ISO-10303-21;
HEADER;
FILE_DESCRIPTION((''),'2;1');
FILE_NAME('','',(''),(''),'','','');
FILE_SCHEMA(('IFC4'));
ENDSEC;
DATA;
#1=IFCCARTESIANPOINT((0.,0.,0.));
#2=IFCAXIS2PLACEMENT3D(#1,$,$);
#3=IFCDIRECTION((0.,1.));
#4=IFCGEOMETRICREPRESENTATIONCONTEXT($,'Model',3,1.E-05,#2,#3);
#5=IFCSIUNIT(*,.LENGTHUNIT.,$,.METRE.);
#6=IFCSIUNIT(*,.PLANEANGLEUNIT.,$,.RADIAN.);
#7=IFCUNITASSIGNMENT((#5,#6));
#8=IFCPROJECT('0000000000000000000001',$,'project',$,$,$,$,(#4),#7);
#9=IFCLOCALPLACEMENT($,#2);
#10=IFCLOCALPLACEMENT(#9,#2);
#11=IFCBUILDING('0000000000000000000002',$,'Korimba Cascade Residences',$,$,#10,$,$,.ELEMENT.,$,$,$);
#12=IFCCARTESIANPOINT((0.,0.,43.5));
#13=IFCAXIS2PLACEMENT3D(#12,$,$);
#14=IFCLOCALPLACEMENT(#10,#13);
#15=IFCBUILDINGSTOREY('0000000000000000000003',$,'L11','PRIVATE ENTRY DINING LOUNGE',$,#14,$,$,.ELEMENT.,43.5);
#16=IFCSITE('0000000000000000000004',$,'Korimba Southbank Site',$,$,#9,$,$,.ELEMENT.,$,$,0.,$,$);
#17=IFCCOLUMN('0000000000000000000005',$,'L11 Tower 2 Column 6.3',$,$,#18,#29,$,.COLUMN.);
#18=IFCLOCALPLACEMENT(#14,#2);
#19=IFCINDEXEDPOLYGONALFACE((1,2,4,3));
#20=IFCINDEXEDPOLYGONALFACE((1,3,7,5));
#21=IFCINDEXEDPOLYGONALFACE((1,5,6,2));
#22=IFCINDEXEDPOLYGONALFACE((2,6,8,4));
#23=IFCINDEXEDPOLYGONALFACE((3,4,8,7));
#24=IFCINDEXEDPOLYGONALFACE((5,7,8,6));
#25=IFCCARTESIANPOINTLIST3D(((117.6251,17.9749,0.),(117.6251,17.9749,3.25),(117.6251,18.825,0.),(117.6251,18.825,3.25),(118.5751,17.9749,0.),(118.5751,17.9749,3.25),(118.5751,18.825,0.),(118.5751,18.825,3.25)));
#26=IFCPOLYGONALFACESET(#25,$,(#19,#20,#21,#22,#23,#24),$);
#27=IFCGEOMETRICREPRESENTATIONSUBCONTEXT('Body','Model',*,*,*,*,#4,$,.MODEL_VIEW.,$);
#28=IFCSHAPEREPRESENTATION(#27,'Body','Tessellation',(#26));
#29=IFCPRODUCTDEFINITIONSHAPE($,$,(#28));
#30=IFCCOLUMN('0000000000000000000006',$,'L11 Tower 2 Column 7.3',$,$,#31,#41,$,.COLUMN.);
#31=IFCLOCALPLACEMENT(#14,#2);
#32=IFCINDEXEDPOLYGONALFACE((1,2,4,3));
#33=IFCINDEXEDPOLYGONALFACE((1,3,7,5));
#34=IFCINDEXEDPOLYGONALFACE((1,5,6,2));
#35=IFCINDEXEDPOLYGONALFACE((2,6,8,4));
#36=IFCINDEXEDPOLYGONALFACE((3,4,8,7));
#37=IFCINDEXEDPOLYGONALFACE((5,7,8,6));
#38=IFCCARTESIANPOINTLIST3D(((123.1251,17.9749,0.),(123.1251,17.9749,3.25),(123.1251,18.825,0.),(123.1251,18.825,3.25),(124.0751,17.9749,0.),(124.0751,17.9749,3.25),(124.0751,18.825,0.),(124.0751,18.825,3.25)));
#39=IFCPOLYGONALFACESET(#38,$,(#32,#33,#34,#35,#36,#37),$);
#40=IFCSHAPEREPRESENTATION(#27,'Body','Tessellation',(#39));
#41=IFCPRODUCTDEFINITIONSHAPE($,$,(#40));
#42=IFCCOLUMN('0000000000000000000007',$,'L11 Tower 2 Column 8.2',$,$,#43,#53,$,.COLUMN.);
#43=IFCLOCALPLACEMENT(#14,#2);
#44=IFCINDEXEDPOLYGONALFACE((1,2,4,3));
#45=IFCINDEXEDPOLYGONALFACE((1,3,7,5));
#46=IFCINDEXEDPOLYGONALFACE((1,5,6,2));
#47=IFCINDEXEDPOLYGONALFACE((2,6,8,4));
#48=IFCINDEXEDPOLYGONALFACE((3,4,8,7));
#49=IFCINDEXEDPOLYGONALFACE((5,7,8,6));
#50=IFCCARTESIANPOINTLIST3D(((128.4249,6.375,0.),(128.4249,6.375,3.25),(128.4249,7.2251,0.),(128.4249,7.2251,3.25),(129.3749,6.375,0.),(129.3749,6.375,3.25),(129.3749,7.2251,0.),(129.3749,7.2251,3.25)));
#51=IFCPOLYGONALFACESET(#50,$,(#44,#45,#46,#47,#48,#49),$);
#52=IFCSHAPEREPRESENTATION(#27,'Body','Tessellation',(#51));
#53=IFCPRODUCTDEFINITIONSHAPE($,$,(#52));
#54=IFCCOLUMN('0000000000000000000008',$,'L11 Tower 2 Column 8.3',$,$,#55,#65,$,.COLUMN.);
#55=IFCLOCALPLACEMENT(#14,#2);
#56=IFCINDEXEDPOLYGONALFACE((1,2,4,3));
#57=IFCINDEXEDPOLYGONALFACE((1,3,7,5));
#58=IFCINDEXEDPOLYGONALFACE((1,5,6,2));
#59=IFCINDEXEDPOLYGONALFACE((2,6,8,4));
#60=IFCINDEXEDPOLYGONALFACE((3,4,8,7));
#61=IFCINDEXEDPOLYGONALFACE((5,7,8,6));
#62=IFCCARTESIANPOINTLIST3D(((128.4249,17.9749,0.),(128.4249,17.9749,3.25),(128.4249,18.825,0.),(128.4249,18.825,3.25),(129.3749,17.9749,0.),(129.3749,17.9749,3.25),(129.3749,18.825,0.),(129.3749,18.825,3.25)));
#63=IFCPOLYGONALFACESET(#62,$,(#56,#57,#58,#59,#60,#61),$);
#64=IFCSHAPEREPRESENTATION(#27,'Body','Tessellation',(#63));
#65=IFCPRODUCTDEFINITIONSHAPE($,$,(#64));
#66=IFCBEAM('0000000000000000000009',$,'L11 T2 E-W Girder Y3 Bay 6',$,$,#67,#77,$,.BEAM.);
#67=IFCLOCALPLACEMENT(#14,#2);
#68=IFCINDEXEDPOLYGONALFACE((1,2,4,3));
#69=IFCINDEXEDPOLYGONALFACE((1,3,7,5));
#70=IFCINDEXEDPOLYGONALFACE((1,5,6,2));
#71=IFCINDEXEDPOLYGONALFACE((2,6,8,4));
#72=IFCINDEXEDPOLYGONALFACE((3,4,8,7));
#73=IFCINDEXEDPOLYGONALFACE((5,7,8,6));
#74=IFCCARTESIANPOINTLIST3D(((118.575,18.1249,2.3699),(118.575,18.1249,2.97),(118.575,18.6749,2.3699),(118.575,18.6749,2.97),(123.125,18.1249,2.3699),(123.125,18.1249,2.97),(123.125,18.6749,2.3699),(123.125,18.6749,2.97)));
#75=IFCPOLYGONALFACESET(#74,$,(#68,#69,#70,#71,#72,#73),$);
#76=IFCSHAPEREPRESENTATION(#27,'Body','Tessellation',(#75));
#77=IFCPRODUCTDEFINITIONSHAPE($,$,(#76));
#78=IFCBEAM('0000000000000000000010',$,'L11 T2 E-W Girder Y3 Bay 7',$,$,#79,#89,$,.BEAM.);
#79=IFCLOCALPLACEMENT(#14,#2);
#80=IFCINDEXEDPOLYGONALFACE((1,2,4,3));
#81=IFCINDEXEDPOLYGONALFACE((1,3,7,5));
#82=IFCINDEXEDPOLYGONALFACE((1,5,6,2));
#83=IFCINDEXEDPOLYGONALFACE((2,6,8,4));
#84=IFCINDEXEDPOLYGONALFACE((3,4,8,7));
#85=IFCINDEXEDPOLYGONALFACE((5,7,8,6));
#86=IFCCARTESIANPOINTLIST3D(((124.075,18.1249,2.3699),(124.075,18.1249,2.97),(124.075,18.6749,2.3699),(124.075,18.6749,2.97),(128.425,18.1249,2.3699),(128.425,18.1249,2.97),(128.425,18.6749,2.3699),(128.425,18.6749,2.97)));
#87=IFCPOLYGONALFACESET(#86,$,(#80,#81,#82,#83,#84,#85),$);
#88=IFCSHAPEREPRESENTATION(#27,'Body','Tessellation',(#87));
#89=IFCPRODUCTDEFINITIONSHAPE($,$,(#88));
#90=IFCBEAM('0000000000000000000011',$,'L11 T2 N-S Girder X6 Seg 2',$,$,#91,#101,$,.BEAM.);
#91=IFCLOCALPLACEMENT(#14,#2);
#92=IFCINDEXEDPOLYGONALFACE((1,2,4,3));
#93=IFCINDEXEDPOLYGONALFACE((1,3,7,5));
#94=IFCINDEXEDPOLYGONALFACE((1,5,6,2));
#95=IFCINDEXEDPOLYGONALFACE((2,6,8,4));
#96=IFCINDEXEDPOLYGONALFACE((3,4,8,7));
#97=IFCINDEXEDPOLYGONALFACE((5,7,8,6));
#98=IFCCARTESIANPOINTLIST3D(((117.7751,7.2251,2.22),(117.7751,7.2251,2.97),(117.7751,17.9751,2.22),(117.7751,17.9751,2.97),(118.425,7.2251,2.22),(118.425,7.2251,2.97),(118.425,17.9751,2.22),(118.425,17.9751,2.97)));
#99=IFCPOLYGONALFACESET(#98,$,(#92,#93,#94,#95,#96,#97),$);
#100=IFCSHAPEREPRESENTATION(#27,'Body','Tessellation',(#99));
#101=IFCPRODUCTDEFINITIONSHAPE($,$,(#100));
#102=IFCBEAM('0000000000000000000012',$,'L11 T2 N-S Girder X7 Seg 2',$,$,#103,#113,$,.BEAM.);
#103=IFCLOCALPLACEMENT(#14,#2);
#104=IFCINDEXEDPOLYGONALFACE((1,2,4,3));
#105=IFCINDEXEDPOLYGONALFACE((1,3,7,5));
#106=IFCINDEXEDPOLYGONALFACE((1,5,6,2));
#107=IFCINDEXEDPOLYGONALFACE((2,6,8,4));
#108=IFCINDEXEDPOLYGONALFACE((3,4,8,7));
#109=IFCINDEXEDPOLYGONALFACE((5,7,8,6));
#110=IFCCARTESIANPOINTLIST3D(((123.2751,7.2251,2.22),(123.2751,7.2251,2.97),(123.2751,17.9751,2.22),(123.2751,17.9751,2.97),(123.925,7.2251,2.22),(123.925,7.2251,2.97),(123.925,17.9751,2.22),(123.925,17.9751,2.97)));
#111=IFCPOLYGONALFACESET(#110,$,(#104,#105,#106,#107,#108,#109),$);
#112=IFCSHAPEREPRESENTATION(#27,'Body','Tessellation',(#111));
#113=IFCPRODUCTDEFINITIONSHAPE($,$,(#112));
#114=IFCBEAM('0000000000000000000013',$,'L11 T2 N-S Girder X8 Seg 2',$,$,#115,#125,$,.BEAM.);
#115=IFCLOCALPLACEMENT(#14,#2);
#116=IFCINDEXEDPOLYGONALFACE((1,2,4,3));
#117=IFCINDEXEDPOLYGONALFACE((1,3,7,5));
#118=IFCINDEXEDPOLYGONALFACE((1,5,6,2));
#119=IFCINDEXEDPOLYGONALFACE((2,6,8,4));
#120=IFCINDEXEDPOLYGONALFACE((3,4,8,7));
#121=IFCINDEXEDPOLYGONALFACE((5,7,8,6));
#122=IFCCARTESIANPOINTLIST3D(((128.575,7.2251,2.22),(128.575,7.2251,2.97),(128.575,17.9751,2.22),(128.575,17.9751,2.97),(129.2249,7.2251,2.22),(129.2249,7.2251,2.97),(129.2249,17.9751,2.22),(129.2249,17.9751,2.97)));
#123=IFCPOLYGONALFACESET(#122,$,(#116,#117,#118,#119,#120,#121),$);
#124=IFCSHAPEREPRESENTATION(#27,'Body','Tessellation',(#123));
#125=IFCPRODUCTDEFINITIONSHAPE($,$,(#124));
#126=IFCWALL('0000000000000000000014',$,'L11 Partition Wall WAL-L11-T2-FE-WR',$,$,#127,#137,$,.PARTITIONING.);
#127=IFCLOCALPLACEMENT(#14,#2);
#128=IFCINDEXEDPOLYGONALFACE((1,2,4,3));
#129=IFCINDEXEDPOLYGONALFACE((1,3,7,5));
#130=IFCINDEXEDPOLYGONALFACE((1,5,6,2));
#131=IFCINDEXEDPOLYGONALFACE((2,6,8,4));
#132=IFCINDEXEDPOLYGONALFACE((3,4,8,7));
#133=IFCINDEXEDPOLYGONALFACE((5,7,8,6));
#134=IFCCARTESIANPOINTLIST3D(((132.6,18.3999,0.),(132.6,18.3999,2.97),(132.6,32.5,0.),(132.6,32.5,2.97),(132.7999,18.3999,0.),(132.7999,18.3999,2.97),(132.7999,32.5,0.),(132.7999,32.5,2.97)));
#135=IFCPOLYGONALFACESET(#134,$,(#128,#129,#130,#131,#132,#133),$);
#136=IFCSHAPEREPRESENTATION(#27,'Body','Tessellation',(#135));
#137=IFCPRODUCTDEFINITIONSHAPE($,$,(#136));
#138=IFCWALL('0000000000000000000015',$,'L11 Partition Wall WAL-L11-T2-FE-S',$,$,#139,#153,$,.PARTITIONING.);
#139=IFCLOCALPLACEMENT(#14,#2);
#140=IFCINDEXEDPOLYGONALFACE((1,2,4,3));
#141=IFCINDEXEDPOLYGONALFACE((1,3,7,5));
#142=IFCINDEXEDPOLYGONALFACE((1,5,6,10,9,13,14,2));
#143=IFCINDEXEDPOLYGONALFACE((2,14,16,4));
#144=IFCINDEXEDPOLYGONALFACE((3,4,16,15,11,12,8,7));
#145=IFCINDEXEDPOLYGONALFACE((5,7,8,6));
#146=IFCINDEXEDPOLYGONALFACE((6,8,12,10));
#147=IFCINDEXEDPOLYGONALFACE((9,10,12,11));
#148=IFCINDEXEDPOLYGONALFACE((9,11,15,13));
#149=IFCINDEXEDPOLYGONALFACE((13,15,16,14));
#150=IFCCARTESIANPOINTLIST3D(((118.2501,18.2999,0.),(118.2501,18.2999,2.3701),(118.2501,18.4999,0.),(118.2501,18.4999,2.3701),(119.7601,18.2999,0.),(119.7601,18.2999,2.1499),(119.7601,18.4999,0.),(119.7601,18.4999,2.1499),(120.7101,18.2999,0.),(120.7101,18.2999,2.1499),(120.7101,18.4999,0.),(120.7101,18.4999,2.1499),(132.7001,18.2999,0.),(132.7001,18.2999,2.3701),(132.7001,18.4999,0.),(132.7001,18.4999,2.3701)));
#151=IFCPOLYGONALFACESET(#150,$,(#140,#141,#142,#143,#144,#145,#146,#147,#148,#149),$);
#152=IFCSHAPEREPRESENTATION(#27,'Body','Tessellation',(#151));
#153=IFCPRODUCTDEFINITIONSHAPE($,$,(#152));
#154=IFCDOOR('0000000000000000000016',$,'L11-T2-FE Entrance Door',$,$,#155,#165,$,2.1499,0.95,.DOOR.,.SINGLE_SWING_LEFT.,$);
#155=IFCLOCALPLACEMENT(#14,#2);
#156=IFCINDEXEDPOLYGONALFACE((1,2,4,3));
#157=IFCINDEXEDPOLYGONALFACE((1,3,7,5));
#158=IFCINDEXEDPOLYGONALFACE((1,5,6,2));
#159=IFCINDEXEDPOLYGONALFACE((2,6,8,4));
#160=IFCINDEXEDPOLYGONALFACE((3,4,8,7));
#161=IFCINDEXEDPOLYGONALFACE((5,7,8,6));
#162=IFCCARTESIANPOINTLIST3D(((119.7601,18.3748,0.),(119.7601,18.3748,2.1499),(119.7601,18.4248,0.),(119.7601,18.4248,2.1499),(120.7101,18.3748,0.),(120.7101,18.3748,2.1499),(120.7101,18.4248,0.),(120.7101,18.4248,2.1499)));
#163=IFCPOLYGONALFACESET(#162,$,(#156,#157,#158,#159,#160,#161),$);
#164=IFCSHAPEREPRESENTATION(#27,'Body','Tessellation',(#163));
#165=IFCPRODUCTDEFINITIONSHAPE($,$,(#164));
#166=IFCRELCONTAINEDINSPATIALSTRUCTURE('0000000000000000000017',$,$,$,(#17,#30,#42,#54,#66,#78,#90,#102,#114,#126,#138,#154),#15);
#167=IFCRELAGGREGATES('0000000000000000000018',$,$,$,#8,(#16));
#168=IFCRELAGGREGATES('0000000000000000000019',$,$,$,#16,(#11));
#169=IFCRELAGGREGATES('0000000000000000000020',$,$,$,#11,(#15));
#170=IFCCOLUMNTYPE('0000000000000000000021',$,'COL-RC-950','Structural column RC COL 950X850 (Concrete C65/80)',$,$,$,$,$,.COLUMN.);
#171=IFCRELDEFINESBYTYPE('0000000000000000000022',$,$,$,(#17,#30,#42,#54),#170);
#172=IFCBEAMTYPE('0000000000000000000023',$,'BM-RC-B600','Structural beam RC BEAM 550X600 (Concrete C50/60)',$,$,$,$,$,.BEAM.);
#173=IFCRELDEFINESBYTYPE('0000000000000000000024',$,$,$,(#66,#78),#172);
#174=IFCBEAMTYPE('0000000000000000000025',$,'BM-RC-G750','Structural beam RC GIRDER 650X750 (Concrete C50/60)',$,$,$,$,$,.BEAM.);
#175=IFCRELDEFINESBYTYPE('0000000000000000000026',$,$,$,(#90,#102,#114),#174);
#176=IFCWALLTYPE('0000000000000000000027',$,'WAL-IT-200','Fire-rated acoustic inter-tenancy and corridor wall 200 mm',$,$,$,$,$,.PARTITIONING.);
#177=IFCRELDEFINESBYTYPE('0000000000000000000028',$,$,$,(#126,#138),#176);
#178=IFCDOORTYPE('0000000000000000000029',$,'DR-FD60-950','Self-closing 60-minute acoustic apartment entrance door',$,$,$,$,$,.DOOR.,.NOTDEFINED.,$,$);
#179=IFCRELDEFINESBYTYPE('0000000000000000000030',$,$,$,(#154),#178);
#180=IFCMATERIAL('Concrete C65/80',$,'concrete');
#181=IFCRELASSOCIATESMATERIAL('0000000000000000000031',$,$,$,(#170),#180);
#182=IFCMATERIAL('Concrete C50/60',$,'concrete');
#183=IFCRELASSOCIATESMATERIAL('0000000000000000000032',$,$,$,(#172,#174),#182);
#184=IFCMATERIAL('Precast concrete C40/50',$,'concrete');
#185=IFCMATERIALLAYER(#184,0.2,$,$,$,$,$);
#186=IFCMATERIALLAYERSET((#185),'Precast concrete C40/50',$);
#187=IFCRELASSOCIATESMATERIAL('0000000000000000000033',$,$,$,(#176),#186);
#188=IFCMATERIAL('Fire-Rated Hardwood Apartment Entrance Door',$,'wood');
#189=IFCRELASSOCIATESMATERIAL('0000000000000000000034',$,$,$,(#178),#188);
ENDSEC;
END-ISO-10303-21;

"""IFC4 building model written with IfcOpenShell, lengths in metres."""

from ifc_helpers import new_model, si_unit, direction, frame, frame_2d, origin, origin_2d, place, context, subcontext, project, spatial, rectangle, extrude, material, layer, layer_set, material_profile, profile_set, type_object, element, fill, save


model = new_model("IFC4")

# Units and contexts
model_context = context("Model", 3, precision=1e-05, world=origin(), true_north=direction((0.0, 1.0)))
body_context = subcontext(model_context, "Body", "Model", "MODEL_VIEW")
ifc_project = project(units=[si_unit("LENGTHUNIT", "METRE"), si_unit("PLANEANGLEUNIT", "RADIAN")], contexts=[model_context])

# Site, building, storey
site_placement = place(None, origin())
site = spatial("IfcSite", under=ifc_project, at=site_placement, Name="Korimba Southbank Site", CompositionType="ELEMENT", RefElevation=0.0)
building_placement = place(site_placement, origin())
building = spatial("IfcBuilding", under=site, at=building_placement, Name="Korimba Cascade Residences", CompositionType="ELEMENT")
storey_placement = place(building_placement, frame((0.0, 0.0, 43.5)))
storey = spatial("IfcBuildingStorey", under=building, at=storey_placement, Name="L11", Description="PRIVATE ENTRY DINING LOUNGE", CompositionType="ELEMENT", Elevation=43.5)

# Columns
ifc_material_1 = material(Name="Concrete C65/80", Category="concrete")
ifc_material_profile_1 = material_profile(ifc_material_1, rectangle(XDim=0.95, YDim=0.8501, at=origin_2d()), Name="Concrete C65/80")
ifc_profile_set_1 = profile_set([ifc_material_profile_1], Name="Concrete C65/80")
column_type = type_object("IfcColumnType", Name="COL-RC-950", Description="Structural column RC COL 950X850 (Concrete C65/80)", PredefinedType="COLUMN", material=ifc_profile_set_1)
for number, where, z_axis, x_axis, name in (
    (1, (118.1001, 18.3999, 0.0), (0.0, 0.0, 1.0), (1.0, 0.0, 0.0), "L11 Tower 2 Column 6.3"),
    (2, (123.6001, 18.3999, 0.0), (0.0, 0.0, 1.0), (1.0, 0.0, 0.0), "L11 Tower 2 Column 7.3"),
    (3, (128.8999, 6.8, 0.0), (0.0, 0.0, 1.0), (1.0, 0.0, 0.0), "L11 Tower 2 Column 8.2"),
    (4, (128.8999, 18.3999, 0.0), (0.0, 0.0, 1.0), (1.0, 0.0, 0.0), "L11 Tower 2 Column 8.3"),
):
    element("IfcColumn", number, at=place(storey_placement, frame(where, z_axis=z_axis, x_axis=x_axis)), inside=storey, type_object=column_type, Name=name, PredefinedType="COLUMN", context=body_context, shape_type="SweptSolid", body=[
        extrude(rectangle(XDim=0.95, YDim=0.8501, at=origin_2d()), origin(), (0.0, 0.0, 1.0), 3.25),
    ])

# Beams
ifc_material_2 = material(Name="Concrete C50/60", Category="concrete")
ifc_material_profile_2 = material_profile(ifc_material_2, rectangle(XDim=0.55, YDim=0.6001, at=origin_2d()), Name="Concrete C50/60")
ifc_profile_set_2 = profile_set([ifc_material_profile_2], Name="Concrete C50/60")
beam_type_1 = type_object("IfcBeamType", Name="BM-RC-B600", Description="Structural beam RC BEAM 550X600 (Concrete C50/60)", PredefinedType="BEAM", material=ifc_profile_set_2)
beam_1_placement = place(storey_placement, frame((118.575, 18.3999, 2.6699), z_axis=(1.0, 0.0, 0.0), x_axis=(0.0, 1.0, 0.0)))
element("IfcBeam", 5, at=beam_1_placement, inside=storey, type_object=beam_type_1, Name="L11 T2 E-W Girder Y3 Bay 6", PredefinedType="BEAM", context=body_context, shape_type="SweptSolid", body=[
    extrude(rectangle(XDim=0.55, YDim=0.6001, at=origin_2d()), origin(), (0.0, 0.0, 1.0), 4.55),
])
beam_2_placement = place(storey_placement, frame((124.075, 18.3999, 2.6699), z_axis=(1.0, 0.0, 0.0), x_axis=(0.0, 1.0, 0.0)))
element("IfcBeam", 6, at=beam_2_placement, inside=storey, type_object=beam_type_1, Name="L11 T2 E-W Girder Y3 Bay 7", PredefinedType="BEAM", context=body_context, shape_type="SweptSolid", body=[
    extrude(rectangle(XDim=0.55, YDim=0.6001, at=origin_2d()), origin(), (0.0, 0.0, 1.0), 4.3501),
])
ifc_material_profile_3 = material_profile(ifc_material_2, rectangle(XDim=0.6499, YDim=0.75, at=origin_2d()), Name="Concrete C50/60")
ifc_profile_set_3 = profile_set([ifc_material_profile_3], Name="Concrete C50/60")
beam_type_2 = type_object("IfcBeamType", Name="BM-RC-G750", Description="Structural beam RC GIRDER 650X750 (Concrete C50/60)", PredefinedType="BEAM", material=ifc_profile_set_3)
for number, where, z_axis, x_axis, name in (
    (7, (118.1001, 7.2251, 2.595), (0.0, 1.0, 0.0), (-1.0, 0.0, 0.0), "L11 T2 N-S Girder X6 Seg 2"),
    (8, (123.6001, 7.2251, 2.595), (0.0, 1.0, 0.0), (-1.0, 0.0, 0.0), "L11 T2 N-S Girder X7 Seg 2"),
    (9, (128.8999, 7.2251, 2.595), (0.0, 1.0, 0.0), (-1.0, 0.0, 0.0), "L11 T2 N-S Girder X8 Seg 2"),
):
    element("IfcBeam", number, at=place(storey_placement, frame(where, z_axis=z_axis, x_axis=x_axis)), inside=storey, type_object=beam_type_2, Name=name, PredefinedType="BEAM", context=body_context, shape_type="SweptSolid", body=[
        extrude(rectangle(XDim=0.6499, YDim=0.75, at=origin_2d()), origin(), (0.0, 0.0, 1.0), 10.75),
    ])

# Wall
ifc_material_3 = material(Name="Precast concrete C40/50", Category="concrete")
ifc_layer_1 = layer(ifc_material_3, 0.2)
ifc_layer_set_1 = layer_set([ifc_layer_1], Name="Precast concrete C40/50")
wall_type_1 = type_object("IfcWallType", Name="WAL-IT-200", Description="Fire-rated acoustic inter-tenancy and corridor wall 200 mm", PredefinedType="PARTITIONING", material=ifc_layer_set_1)
wall_1_placement = place(storey_placement, frame((132.7, 18.3999, 0.0), z_axis=(0.0, 0.0, 1.0), x_axis=(0.0, 1.0, 0.0)))
element("IfcWall", 10, at=wall_1_placement, inside=storey, type_object=wall_type_1, Name="L11 Partition Wall WAL-L11-T2-FE-WR", PredefinedType="PARTITIONING", context=body_context, shape_type="SweptSolid", body=[
    extrude(rectangle(XDim=14.1001, YDim=0.2, at=frame_2d((7.05, 0.0))), origin(), (0.0, 0.0, 1.0), 2.97),
])

# Wall, opening, door
wall_2_placement = place(storey_placement, frame((118.25, 18.3999, 0.0), z_axis=(0.0, 0.0, 1.0), x_axis=(1.0, 0.0, 0.0)))
wall_2 = element("IfcWall", 11, at=wall_2_placement, inside=storey, type_object=wall_type_1, Name="L11 Partition Wall WAL-L11-T2-FE-S", PredefinedType="PARTITIONING", context=body_context, shape_type="SweptSolid", body=[
    extrude(rectangle(XDim=14.45, YDim=0.2, at=frame_2d((7.2251, 0.0))), origin(), (0.0, 0.0, 1.0), 2.3701),
])
opening_1_placement = place(wall_2_placement, frame((1.51, 0.0, 0.0)))
opening_1 = element("IfcOpeningElement", 12, at=opening_1_placement, cuts=wall_2, PredefinedType="OPENING", context=body_context, shape_type="SweptSolid", body=[
    extrude(rectangle(XDim=0.95, YDim=2.1499, at=frame_2d((0.4751, 1.075))), frame((0.0, 0.1099, 0.0), z_axis=(0.0, -1.0, 0.0), x_axis=(1.0, 0.0, 0.0)), (0.0, 0.0, 1.0), 0.22),
])
ifc_material_4 = material(Name="Fire-Rated Hardwood Apartment Entrance Door", Category="wood")
door_type_1 = type_object("IfcDoorType", Name="DR-FD60-950", Description="Self-closing 60-minute acoustic apartment entrance door", OperationType="NOTDEFINED", PredefinedType="DOOR", material=ifc_material_4)
door_1_placement = place(opening_1_placement, origin())
door_1 = element("IfcDoor", 13, at=door_1_placement, inside=storey, type_object=door_type_1, Name="L11-T2-FE Entrance Door", OperationType="SINGLE_SWING_LEFT", OverallHeight=2.1499, OverallWidth=0.95, PredefinedType="DOOR", context=body_context, shape_type="SweptSolid", body=[
    extrude(rectangle(XDim=0.95, YDim=2.1499, at=frame_2d((0.4751, 1.075))), frame((0.0, 0.0249, 0.0), z_axis=(0.0, -1.0, 0.0), x_axis=(1.0, 0.0, 0.0)), (0.0, 0.0, 1.0), 0.05),
])
fill(opening_1, door_1)

save(model, "model.ifc")
